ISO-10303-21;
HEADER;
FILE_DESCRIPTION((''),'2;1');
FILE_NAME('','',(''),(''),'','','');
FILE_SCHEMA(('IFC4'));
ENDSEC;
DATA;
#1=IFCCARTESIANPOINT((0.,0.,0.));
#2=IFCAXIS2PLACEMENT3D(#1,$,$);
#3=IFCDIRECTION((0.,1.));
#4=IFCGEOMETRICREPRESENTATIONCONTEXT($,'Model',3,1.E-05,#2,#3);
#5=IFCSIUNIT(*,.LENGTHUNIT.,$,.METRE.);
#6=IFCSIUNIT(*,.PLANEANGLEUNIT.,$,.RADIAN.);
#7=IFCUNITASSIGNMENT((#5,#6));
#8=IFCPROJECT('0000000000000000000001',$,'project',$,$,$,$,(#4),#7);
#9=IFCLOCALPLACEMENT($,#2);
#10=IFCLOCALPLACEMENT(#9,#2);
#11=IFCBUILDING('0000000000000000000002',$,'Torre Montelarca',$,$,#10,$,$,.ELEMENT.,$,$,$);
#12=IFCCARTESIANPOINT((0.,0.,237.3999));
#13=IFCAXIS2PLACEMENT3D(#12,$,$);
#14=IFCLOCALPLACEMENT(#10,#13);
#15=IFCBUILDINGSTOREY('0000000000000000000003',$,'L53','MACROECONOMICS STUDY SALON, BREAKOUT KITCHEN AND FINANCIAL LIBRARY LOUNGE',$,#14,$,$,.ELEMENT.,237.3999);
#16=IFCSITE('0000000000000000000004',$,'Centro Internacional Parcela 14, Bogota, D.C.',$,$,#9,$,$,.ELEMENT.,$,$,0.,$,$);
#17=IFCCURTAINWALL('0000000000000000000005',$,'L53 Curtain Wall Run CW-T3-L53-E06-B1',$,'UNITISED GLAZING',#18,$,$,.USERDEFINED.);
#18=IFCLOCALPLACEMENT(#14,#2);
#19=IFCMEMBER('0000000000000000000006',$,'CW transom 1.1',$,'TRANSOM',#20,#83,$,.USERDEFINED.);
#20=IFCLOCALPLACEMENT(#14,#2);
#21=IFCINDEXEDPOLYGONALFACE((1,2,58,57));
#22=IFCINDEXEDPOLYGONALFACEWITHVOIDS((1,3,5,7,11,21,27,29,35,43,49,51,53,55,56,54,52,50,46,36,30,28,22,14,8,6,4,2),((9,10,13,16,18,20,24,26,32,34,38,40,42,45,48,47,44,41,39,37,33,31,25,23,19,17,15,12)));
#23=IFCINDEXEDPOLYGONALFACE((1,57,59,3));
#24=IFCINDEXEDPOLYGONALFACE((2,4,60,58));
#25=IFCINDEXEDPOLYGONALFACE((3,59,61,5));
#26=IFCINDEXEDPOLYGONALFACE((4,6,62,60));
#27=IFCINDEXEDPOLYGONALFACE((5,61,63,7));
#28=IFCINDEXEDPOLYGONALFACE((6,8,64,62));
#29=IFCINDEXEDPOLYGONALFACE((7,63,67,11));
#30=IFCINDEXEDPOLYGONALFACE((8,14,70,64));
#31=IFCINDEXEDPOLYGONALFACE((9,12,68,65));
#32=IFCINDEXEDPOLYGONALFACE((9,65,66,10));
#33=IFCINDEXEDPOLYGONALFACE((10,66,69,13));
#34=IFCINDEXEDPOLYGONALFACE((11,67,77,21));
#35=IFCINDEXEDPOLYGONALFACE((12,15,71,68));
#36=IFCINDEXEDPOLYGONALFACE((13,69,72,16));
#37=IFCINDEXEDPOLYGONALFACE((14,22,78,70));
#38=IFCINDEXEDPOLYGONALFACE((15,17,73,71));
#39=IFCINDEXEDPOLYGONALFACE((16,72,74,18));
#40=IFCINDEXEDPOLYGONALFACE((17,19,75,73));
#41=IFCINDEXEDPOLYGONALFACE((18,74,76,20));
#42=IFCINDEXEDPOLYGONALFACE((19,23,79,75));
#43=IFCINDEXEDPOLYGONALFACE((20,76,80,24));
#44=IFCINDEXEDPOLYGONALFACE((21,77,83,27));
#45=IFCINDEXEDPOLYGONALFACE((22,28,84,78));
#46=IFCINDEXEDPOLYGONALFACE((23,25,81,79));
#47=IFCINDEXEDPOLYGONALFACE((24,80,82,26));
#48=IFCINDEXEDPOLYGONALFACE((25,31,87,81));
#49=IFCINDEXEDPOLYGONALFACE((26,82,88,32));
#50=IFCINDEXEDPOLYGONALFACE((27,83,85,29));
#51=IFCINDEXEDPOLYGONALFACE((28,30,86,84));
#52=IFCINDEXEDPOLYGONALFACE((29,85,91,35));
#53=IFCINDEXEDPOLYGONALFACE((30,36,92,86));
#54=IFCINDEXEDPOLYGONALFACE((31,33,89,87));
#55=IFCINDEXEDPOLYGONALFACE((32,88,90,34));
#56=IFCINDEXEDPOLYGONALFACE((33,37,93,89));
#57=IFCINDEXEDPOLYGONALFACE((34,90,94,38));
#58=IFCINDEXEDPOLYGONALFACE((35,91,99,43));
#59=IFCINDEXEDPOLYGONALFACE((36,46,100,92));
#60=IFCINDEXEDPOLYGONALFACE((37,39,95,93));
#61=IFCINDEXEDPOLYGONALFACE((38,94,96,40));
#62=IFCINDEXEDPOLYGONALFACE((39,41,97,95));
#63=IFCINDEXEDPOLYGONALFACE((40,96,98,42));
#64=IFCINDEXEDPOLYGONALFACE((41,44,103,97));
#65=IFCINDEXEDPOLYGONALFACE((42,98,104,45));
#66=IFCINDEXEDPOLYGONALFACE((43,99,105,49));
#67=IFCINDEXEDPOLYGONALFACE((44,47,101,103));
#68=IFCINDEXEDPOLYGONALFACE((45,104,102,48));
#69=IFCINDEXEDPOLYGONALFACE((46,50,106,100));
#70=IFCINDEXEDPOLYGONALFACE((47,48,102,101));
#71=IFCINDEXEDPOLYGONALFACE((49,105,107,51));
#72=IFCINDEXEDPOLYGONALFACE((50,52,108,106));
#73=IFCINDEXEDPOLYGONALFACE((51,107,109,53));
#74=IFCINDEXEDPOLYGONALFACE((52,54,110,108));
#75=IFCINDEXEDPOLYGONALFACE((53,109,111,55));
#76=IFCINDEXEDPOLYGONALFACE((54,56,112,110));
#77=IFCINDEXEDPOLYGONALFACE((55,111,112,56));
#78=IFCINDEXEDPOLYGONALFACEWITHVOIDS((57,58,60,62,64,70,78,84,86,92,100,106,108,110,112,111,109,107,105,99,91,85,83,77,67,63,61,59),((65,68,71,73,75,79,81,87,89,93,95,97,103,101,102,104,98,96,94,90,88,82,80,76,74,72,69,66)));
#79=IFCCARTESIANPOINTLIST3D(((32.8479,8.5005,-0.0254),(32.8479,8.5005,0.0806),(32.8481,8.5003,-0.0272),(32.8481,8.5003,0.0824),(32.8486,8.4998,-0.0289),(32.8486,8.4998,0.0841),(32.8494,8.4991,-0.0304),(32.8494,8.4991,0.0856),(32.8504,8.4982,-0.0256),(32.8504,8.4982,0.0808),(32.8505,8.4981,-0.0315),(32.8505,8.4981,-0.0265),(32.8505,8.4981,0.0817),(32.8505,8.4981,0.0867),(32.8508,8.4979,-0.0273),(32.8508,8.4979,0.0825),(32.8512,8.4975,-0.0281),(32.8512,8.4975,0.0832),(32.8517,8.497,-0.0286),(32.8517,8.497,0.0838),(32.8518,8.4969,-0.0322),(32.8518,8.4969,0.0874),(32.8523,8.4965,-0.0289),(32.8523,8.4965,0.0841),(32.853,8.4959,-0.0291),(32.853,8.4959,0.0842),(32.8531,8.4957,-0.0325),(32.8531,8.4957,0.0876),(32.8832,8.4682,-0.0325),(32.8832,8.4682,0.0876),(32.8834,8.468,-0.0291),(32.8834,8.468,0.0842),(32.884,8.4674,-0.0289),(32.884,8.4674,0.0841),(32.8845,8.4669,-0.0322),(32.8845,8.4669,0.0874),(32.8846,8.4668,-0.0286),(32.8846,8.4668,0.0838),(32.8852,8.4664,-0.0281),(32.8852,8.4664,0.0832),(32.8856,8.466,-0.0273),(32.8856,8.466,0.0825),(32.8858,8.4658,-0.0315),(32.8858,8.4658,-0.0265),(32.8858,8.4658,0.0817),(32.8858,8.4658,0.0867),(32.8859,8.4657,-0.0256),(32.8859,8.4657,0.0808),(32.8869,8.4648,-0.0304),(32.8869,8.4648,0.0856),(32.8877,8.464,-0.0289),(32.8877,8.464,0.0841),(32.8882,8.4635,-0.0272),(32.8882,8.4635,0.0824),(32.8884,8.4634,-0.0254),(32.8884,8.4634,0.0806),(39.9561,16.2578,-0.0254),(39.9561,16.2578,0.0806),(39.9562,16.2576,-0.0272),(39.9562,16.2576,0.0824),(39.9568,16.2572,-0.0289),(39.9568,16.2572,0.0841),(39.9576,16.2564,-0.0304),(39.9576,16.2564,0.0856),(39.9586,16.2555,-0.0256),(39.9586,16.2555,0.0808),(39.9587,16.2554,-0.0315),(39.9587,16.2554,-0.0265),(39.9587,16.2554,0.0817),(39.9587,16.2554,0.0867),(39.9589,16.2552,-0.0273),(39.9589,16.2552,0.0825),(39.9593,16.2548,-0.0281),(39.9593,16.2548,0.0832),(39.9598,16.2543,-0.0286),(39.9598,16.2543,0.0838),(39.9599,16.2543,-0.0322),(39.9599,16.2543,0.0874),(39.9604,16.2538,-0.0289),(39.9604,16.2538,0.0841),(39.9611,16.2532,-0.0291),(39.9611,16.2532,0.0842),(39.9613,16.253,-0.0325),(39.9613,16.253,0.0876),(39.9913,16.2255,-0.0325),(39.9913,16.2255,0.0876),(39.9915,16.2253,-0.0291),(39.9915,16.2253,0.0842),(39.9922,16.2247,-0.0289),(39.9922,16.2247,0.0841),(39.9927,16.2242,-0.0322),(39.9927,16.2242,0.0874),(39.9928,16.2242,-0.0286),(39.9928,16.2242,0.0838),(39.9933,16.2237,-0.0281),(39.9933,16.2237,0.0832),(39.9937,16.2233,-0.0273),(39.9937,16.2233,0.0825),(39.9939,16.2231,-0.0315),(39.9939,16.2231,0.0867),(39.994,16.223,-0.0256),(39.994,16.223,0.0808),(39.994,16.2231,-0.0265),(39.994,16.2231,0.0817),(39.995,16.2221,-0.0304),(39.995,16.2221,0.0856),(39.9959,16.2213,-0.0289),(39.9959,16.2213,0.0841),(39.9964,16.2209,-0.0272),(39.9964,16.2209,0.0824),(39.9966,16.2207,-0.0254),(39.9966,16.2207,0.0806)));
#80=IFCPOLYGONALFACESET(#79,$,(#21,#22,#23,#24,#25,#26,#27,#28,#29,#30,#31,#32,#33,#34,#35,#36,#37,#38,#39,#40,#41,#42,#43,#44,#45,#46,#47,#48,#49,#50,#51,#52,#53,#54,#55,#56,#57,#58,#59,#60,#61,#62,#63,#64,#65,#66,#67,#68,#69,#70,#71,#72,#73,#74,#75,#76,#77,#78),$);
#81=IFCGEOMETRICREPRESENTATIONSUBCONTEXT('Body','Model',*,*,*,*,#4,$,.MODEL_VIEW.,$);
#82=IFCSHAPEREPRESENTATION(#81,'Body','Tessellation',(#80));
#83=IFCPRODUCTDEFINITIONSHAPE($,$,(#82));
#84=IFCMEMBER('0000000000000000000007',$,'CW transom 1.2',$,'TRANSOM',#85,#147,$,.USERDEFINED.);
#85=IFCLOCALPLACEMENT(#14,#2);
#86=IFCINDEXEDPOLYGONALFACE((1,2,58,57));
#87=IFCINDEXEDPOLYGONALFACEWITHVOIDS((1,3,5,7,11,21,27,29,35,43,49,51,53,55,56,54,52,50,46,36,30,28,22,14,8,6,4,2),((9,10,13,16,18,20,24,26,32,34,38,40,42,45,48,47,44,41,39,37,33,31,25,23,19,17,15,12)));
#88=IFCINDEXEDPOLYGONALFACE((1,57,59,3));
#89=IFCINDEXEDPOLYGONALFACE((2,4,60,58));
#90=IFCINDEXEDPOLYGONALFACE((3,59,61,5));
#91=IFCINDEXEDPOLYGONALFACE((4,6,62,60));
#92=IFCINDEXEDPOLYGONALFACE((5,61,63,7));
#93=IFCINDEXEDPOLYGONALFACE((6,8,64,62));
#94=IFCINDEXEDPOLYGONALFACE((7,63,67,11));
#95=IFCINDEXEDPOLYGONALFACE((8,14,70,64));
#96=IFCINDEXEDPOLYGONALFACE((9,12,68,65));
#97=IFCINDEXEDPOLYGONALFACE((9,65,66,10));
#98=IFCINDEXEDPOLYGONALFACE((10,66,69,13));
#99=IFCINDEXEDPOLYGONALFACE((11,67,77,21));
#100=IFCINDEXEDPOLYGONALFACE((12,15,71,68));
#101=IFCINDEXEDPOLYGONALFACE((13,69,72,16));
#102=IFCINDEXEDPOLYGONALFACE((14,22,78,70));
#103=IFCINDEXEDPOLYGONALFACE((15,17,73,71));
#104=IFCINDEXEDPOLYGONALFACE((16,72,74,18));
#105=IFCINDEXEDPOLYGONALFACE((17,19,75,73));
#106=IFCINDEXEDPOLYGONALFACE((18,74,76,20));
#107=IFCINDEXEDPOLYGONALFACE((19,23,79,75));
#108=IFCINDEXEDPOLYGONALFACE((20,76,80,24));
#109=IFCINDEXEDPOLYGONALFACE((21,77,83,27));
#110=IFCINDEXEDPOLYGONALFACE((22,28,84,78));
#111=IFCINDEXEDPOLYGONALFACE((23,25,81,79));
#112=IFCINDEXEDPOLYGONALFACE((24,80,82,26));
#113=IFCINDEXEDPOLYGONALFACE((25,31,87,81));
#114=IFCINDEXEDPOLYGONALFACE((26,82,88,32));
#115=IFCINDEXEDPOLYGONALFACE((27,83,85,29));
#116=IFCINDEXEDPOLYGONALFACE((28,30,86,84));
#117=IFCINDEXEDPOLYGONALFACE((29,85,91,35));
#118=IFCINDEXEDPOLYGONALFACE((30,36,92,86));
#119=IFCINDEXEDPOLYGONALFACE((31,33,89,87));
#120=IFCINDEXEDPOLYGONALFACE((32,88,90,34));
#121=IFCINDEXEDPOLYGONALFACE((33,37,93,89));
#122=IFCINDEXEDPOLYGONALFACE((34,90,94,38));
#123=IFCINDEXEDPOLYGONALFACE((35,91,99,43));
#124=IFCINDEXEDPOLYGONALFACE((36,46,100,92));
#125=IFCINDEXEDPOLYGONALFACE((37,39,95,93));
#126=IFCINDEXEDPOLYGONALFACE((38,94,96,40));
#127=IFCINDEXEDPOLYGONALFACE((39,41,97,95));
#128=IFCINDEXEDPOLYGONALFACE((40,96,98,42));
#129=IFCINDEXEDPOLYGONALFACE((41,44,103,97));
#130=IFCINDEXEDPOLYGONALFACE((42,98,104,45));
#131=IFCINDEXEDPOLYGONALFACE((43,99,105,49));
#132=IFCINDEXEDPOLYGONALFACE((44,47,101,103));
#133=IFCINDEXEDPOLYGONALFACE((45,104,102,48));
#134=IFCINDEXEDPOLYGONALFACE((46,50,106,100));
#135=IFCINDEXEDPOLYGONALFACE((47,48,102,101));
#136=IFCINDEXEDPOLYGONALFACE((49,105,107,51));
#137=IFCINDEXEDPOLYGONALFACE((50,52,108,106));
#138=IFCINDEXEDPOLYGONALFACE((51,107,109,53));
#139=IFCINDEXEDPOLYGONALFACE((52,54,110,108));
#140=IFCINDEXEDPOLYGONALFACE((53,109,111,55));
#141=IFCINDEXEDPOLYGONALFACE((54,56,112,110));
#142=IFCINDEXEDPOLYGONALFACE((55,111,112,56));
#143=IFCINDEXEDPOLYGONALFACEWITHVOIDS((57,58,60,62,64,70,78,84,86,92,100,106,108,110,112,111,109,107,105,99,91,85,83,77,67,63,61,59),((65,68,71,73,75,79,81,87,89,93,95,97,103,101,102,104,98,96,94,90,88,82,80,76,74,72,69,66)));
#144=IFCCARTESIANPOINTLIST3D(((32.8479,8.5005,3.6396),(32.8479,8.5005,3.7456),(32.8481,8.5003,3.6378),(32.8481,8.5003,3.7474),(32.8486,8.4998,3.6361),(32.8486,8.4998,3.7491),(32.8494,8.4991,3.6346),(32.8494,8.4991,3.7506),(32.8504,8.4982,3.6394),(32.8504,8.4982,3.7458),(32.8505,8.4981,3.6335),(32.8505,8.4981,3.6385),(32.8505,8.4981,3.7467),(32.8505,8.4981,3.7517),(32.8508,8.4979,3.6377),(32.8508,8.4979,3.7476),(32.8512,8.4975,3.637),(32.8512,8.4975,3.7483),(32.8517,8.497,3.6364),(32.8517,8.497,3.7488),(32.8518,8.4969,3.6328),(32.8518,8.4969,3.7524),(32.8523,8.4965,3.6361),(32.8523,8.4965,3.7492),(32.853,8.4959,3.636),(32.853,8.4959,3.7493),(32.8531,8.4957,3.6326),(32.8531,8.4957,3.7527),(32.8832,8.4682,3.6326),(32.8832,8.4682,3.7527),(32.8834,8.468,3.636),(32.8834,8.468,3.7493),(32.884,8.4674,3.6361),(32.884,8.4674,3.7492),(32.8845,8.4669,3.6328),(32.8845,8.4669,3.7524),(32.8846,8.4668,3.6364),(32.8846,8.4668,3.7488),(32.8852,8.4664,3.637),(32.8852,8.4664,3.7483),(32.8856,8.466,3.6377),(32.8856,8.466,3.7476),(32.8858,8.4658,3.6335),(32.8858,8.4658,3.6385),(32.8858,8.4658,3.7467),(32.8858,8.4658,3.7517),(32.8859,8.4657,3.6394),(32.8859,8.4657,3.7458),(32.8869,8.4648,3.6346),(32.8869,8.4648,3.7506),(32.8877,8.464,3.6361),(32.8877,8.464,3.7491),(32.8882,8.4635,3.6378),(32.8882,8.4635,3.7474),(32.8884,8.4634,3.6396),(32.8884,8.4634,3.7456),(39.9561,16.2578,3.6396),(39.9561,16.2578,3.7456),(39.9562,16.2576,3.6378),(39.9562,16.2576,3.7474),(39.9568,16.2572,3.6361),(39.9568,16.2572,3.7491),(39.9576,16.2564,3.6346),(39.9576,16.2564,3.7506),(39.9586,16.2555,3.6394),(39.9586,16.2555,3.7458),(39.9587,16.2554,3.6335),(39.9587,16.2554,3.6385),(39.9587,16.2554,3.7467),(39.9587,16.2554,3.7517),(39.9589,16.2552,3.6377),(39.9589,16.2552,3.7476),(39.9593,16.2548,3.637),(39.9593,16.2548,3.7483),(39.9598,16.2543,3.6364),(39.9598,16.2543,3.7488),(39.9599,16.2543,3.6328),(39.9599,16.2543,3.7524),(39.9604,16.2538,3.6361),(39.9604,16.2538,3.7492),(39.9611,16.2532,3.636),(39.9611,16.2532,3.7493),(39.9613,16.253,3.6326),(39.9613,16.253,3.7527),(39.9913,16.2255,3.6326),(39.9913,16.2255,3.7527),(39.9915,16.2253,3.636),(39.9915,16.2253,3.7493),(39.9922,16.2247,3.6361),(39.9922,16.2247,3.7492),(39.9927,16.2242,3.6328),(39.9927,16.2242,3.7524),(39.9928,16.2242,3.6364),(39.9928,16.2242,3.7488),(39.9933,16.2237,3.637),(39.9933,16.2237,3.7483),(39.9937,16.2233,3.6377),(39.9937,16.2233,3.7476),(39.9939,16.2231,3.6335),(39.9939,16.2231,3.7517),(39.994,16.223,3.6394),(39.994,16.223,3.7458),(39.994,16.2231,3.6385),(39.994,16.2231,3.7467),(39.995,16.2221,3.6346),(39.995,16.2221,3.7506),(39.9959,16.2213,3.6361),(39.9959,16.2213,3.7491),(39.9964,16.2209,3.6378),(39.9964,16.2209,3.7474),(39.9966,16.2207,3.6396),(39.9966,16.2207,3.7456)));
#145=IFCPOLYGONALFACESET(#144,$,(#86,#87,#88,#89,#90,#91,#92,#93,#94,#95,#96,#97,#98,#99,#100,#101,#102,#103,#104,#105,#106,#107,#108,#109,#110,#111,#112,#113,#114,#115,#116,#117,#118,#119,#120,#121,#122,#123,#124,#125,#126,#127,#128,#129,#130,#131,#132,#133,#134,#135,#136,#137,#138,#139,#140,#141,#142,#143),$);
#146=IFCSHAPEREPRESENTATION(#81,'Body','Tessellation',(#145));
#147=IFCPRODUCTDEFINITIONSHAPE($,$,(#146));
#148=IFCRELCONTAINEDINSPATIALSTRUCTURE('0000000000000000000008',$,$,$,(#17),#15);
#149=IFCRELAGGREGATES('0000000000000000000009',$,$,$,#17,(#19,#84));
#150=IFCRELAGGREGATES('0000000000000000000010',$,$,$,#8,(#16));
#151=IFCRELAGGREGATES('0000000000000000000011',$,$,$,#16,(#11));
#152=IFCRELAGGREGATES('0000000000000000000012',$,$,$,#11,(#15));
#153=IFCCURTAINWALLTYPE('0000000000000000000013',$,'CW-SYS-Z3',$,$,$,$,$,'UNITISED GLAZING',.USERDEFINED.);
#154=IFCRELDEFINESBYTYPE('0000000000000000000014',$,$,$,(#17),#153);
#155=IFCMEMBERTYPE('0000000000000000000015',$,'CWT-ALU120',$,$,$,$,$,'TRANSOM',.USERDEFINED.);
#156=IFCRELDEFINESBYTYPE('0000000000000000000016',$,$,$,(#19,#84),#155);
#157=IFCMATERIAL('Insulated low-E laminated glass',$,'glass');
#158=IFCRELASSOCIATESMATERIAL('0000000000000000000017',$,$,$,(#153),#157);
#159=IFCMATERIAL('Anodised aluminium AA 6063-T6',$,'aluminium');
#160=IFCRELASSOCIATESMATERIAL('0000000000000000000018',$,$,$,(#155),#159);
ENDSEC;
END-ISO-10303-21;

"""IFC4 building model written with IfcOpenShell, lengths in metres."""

from ifc_helpers import new_model, si_unit, direction, frame, origin, origin_2d, place, context, subcontext, project, spatial, hollow_rectangle, extrude, source, transform, mapped, material, material_profile, profile_set, type_object, element, aggregate, save


model = new_model("IFC4")

# Units and contexts
model_context = context("Model", 3, precision=1e-05, world=origin(), true_north=direction((0.0, 1.0)))
body_context = subcontext(model_context, "Body", "Model", "MODEL_VIEW")
ifc_project = project(units=[si_unit("LENGTHUNIT", "METRE"), si_unit("PLANEANGLEUNIT", "RADIAN")], contexts=[model_context])

# Site, building, storey
site_placement = place(None, origin())
site = spatial("IfcSite", under=ifc_project, at=site_placement, Name="Centro Internacional Parcela 14, Bogota, D.C.", CompositionType="ELEMENT", RefElevation=0.0)
building_placement = place(site_placement, origin())
building = spatial("IfcBuilding", under=site, at=building_placement, Name="Torre Montelarca", CompositionType="ELEMENT")
storey_placement = place(building_placement, frame((0.0, 0.0, 237.3999)))
storey = spatial("IfcBuildingStorey", under=building, at=storey_placement, Name="L53", Description="MACROECONOMICS STUDY SALON, BREAKOUT KITCHEN AND FINANCIAL LIBRARY LOUNGE", CompositionType="ELEMENT", Elevation=237.3999)

# Curtain wall, members
ifc_material_1 = material(Name="Insulated low-E laminated glass", Category="glass")
curtain_wall_type = type_object("IfcCurtainWallType", Name="CW-SYS-Z3", ElementType="UNITISED GLAZING", PredefinedType="USERDEFINED", material=ifc_material_1)
ifc_material_2 = material(Name="Anodised aluminium AA 6063-T6", Category="aluminium")
ifc_material_profile_1 = material_profile(ifc_material_2, hollow_rectangle(XDim=0.0549, YDim=0.1201, WallThickness=0.0034, InnerFilletRadius=0.0034, OuterFilletRadius=0.0071, at=origin_2d()), Name="ALU55X120X3.5", Category="aluminium")
ifc_profile_set_1 = profile_set([ifc_material_profile_1], Name="Anodised aluminium AA 6063-T6")
member_type_1 = type_object("IfcMemberType", Name="CWT-ALU120", ElementType="TRANSOM", PredefinedType="USERDEFINED", material=ifc_profile_set_1)
curtain_wall_1_placement = place(storey_placement, origin())
curtain_wall_1 = element("IfcCurtainWall", 1, at=curtain_wall_1_placement, inside=storey, type_object=curtain_wall_type, Name="L53 Curtain Wall Run CW-T3-L53-E06-B1", ObjectType="UNITISED GLAZING", PredefinedType="USERDEFINED")
shared_shape_1 = source(origin(), body_context, "Body", "SweptSolid", [
    extrude(hollow_rectangle(XDim=0.0549, YDim=0.1201, WallThickness=0.0034, InnerFilletRadius=0.0034, OuterFilletRadius=0.0071, at=origin_2d()), origin(), (0.0, 0.0, 1.0), 10.5215),
])
member_1_placement = place(storey_placement, frame((32.8682, 8.4819, 0.0276), z_axis=(0.675584, 0.737283, 0.0), x_axis=(-0.737283, 0.675584, 0.0)))
member_1 = element("IfcMember", 2, at=member_1_placement, type_object=member_type_1, Name="CW transom 1.1", ObjectType="TRANSOM", PredefinedType="USERDEFINED", context=body_context, shape_type="MappedRepresentation", body=[
    mapped(shared_shape_1, transform((0.0, 0.0, 0.0), scale=1.0)),
])
member_2_placement = place(storey_placement, frame((32.8682, 8.4819, 3.6926), z_axis=(0.675584, 0.737283, 0.0), x_axis=(-0.737283, 0.675584, 0.0)))
member_2 = element("IfcMember", 3, at=member_2_placement, type_object=member_type_1, Name="CW transom 1.2", ObjectType="TRANSOM", PredefinedType="USERDEFINED", context=body_context, shape_type="MappedRepresentation", body=[
    mapped(shared_shape_1, transform((0.0, 0.0, 0.0), scale=1.0)),
])

aggregate(curtain_wall_1, [member_1, member_2])

save(model, "model.ifc")
